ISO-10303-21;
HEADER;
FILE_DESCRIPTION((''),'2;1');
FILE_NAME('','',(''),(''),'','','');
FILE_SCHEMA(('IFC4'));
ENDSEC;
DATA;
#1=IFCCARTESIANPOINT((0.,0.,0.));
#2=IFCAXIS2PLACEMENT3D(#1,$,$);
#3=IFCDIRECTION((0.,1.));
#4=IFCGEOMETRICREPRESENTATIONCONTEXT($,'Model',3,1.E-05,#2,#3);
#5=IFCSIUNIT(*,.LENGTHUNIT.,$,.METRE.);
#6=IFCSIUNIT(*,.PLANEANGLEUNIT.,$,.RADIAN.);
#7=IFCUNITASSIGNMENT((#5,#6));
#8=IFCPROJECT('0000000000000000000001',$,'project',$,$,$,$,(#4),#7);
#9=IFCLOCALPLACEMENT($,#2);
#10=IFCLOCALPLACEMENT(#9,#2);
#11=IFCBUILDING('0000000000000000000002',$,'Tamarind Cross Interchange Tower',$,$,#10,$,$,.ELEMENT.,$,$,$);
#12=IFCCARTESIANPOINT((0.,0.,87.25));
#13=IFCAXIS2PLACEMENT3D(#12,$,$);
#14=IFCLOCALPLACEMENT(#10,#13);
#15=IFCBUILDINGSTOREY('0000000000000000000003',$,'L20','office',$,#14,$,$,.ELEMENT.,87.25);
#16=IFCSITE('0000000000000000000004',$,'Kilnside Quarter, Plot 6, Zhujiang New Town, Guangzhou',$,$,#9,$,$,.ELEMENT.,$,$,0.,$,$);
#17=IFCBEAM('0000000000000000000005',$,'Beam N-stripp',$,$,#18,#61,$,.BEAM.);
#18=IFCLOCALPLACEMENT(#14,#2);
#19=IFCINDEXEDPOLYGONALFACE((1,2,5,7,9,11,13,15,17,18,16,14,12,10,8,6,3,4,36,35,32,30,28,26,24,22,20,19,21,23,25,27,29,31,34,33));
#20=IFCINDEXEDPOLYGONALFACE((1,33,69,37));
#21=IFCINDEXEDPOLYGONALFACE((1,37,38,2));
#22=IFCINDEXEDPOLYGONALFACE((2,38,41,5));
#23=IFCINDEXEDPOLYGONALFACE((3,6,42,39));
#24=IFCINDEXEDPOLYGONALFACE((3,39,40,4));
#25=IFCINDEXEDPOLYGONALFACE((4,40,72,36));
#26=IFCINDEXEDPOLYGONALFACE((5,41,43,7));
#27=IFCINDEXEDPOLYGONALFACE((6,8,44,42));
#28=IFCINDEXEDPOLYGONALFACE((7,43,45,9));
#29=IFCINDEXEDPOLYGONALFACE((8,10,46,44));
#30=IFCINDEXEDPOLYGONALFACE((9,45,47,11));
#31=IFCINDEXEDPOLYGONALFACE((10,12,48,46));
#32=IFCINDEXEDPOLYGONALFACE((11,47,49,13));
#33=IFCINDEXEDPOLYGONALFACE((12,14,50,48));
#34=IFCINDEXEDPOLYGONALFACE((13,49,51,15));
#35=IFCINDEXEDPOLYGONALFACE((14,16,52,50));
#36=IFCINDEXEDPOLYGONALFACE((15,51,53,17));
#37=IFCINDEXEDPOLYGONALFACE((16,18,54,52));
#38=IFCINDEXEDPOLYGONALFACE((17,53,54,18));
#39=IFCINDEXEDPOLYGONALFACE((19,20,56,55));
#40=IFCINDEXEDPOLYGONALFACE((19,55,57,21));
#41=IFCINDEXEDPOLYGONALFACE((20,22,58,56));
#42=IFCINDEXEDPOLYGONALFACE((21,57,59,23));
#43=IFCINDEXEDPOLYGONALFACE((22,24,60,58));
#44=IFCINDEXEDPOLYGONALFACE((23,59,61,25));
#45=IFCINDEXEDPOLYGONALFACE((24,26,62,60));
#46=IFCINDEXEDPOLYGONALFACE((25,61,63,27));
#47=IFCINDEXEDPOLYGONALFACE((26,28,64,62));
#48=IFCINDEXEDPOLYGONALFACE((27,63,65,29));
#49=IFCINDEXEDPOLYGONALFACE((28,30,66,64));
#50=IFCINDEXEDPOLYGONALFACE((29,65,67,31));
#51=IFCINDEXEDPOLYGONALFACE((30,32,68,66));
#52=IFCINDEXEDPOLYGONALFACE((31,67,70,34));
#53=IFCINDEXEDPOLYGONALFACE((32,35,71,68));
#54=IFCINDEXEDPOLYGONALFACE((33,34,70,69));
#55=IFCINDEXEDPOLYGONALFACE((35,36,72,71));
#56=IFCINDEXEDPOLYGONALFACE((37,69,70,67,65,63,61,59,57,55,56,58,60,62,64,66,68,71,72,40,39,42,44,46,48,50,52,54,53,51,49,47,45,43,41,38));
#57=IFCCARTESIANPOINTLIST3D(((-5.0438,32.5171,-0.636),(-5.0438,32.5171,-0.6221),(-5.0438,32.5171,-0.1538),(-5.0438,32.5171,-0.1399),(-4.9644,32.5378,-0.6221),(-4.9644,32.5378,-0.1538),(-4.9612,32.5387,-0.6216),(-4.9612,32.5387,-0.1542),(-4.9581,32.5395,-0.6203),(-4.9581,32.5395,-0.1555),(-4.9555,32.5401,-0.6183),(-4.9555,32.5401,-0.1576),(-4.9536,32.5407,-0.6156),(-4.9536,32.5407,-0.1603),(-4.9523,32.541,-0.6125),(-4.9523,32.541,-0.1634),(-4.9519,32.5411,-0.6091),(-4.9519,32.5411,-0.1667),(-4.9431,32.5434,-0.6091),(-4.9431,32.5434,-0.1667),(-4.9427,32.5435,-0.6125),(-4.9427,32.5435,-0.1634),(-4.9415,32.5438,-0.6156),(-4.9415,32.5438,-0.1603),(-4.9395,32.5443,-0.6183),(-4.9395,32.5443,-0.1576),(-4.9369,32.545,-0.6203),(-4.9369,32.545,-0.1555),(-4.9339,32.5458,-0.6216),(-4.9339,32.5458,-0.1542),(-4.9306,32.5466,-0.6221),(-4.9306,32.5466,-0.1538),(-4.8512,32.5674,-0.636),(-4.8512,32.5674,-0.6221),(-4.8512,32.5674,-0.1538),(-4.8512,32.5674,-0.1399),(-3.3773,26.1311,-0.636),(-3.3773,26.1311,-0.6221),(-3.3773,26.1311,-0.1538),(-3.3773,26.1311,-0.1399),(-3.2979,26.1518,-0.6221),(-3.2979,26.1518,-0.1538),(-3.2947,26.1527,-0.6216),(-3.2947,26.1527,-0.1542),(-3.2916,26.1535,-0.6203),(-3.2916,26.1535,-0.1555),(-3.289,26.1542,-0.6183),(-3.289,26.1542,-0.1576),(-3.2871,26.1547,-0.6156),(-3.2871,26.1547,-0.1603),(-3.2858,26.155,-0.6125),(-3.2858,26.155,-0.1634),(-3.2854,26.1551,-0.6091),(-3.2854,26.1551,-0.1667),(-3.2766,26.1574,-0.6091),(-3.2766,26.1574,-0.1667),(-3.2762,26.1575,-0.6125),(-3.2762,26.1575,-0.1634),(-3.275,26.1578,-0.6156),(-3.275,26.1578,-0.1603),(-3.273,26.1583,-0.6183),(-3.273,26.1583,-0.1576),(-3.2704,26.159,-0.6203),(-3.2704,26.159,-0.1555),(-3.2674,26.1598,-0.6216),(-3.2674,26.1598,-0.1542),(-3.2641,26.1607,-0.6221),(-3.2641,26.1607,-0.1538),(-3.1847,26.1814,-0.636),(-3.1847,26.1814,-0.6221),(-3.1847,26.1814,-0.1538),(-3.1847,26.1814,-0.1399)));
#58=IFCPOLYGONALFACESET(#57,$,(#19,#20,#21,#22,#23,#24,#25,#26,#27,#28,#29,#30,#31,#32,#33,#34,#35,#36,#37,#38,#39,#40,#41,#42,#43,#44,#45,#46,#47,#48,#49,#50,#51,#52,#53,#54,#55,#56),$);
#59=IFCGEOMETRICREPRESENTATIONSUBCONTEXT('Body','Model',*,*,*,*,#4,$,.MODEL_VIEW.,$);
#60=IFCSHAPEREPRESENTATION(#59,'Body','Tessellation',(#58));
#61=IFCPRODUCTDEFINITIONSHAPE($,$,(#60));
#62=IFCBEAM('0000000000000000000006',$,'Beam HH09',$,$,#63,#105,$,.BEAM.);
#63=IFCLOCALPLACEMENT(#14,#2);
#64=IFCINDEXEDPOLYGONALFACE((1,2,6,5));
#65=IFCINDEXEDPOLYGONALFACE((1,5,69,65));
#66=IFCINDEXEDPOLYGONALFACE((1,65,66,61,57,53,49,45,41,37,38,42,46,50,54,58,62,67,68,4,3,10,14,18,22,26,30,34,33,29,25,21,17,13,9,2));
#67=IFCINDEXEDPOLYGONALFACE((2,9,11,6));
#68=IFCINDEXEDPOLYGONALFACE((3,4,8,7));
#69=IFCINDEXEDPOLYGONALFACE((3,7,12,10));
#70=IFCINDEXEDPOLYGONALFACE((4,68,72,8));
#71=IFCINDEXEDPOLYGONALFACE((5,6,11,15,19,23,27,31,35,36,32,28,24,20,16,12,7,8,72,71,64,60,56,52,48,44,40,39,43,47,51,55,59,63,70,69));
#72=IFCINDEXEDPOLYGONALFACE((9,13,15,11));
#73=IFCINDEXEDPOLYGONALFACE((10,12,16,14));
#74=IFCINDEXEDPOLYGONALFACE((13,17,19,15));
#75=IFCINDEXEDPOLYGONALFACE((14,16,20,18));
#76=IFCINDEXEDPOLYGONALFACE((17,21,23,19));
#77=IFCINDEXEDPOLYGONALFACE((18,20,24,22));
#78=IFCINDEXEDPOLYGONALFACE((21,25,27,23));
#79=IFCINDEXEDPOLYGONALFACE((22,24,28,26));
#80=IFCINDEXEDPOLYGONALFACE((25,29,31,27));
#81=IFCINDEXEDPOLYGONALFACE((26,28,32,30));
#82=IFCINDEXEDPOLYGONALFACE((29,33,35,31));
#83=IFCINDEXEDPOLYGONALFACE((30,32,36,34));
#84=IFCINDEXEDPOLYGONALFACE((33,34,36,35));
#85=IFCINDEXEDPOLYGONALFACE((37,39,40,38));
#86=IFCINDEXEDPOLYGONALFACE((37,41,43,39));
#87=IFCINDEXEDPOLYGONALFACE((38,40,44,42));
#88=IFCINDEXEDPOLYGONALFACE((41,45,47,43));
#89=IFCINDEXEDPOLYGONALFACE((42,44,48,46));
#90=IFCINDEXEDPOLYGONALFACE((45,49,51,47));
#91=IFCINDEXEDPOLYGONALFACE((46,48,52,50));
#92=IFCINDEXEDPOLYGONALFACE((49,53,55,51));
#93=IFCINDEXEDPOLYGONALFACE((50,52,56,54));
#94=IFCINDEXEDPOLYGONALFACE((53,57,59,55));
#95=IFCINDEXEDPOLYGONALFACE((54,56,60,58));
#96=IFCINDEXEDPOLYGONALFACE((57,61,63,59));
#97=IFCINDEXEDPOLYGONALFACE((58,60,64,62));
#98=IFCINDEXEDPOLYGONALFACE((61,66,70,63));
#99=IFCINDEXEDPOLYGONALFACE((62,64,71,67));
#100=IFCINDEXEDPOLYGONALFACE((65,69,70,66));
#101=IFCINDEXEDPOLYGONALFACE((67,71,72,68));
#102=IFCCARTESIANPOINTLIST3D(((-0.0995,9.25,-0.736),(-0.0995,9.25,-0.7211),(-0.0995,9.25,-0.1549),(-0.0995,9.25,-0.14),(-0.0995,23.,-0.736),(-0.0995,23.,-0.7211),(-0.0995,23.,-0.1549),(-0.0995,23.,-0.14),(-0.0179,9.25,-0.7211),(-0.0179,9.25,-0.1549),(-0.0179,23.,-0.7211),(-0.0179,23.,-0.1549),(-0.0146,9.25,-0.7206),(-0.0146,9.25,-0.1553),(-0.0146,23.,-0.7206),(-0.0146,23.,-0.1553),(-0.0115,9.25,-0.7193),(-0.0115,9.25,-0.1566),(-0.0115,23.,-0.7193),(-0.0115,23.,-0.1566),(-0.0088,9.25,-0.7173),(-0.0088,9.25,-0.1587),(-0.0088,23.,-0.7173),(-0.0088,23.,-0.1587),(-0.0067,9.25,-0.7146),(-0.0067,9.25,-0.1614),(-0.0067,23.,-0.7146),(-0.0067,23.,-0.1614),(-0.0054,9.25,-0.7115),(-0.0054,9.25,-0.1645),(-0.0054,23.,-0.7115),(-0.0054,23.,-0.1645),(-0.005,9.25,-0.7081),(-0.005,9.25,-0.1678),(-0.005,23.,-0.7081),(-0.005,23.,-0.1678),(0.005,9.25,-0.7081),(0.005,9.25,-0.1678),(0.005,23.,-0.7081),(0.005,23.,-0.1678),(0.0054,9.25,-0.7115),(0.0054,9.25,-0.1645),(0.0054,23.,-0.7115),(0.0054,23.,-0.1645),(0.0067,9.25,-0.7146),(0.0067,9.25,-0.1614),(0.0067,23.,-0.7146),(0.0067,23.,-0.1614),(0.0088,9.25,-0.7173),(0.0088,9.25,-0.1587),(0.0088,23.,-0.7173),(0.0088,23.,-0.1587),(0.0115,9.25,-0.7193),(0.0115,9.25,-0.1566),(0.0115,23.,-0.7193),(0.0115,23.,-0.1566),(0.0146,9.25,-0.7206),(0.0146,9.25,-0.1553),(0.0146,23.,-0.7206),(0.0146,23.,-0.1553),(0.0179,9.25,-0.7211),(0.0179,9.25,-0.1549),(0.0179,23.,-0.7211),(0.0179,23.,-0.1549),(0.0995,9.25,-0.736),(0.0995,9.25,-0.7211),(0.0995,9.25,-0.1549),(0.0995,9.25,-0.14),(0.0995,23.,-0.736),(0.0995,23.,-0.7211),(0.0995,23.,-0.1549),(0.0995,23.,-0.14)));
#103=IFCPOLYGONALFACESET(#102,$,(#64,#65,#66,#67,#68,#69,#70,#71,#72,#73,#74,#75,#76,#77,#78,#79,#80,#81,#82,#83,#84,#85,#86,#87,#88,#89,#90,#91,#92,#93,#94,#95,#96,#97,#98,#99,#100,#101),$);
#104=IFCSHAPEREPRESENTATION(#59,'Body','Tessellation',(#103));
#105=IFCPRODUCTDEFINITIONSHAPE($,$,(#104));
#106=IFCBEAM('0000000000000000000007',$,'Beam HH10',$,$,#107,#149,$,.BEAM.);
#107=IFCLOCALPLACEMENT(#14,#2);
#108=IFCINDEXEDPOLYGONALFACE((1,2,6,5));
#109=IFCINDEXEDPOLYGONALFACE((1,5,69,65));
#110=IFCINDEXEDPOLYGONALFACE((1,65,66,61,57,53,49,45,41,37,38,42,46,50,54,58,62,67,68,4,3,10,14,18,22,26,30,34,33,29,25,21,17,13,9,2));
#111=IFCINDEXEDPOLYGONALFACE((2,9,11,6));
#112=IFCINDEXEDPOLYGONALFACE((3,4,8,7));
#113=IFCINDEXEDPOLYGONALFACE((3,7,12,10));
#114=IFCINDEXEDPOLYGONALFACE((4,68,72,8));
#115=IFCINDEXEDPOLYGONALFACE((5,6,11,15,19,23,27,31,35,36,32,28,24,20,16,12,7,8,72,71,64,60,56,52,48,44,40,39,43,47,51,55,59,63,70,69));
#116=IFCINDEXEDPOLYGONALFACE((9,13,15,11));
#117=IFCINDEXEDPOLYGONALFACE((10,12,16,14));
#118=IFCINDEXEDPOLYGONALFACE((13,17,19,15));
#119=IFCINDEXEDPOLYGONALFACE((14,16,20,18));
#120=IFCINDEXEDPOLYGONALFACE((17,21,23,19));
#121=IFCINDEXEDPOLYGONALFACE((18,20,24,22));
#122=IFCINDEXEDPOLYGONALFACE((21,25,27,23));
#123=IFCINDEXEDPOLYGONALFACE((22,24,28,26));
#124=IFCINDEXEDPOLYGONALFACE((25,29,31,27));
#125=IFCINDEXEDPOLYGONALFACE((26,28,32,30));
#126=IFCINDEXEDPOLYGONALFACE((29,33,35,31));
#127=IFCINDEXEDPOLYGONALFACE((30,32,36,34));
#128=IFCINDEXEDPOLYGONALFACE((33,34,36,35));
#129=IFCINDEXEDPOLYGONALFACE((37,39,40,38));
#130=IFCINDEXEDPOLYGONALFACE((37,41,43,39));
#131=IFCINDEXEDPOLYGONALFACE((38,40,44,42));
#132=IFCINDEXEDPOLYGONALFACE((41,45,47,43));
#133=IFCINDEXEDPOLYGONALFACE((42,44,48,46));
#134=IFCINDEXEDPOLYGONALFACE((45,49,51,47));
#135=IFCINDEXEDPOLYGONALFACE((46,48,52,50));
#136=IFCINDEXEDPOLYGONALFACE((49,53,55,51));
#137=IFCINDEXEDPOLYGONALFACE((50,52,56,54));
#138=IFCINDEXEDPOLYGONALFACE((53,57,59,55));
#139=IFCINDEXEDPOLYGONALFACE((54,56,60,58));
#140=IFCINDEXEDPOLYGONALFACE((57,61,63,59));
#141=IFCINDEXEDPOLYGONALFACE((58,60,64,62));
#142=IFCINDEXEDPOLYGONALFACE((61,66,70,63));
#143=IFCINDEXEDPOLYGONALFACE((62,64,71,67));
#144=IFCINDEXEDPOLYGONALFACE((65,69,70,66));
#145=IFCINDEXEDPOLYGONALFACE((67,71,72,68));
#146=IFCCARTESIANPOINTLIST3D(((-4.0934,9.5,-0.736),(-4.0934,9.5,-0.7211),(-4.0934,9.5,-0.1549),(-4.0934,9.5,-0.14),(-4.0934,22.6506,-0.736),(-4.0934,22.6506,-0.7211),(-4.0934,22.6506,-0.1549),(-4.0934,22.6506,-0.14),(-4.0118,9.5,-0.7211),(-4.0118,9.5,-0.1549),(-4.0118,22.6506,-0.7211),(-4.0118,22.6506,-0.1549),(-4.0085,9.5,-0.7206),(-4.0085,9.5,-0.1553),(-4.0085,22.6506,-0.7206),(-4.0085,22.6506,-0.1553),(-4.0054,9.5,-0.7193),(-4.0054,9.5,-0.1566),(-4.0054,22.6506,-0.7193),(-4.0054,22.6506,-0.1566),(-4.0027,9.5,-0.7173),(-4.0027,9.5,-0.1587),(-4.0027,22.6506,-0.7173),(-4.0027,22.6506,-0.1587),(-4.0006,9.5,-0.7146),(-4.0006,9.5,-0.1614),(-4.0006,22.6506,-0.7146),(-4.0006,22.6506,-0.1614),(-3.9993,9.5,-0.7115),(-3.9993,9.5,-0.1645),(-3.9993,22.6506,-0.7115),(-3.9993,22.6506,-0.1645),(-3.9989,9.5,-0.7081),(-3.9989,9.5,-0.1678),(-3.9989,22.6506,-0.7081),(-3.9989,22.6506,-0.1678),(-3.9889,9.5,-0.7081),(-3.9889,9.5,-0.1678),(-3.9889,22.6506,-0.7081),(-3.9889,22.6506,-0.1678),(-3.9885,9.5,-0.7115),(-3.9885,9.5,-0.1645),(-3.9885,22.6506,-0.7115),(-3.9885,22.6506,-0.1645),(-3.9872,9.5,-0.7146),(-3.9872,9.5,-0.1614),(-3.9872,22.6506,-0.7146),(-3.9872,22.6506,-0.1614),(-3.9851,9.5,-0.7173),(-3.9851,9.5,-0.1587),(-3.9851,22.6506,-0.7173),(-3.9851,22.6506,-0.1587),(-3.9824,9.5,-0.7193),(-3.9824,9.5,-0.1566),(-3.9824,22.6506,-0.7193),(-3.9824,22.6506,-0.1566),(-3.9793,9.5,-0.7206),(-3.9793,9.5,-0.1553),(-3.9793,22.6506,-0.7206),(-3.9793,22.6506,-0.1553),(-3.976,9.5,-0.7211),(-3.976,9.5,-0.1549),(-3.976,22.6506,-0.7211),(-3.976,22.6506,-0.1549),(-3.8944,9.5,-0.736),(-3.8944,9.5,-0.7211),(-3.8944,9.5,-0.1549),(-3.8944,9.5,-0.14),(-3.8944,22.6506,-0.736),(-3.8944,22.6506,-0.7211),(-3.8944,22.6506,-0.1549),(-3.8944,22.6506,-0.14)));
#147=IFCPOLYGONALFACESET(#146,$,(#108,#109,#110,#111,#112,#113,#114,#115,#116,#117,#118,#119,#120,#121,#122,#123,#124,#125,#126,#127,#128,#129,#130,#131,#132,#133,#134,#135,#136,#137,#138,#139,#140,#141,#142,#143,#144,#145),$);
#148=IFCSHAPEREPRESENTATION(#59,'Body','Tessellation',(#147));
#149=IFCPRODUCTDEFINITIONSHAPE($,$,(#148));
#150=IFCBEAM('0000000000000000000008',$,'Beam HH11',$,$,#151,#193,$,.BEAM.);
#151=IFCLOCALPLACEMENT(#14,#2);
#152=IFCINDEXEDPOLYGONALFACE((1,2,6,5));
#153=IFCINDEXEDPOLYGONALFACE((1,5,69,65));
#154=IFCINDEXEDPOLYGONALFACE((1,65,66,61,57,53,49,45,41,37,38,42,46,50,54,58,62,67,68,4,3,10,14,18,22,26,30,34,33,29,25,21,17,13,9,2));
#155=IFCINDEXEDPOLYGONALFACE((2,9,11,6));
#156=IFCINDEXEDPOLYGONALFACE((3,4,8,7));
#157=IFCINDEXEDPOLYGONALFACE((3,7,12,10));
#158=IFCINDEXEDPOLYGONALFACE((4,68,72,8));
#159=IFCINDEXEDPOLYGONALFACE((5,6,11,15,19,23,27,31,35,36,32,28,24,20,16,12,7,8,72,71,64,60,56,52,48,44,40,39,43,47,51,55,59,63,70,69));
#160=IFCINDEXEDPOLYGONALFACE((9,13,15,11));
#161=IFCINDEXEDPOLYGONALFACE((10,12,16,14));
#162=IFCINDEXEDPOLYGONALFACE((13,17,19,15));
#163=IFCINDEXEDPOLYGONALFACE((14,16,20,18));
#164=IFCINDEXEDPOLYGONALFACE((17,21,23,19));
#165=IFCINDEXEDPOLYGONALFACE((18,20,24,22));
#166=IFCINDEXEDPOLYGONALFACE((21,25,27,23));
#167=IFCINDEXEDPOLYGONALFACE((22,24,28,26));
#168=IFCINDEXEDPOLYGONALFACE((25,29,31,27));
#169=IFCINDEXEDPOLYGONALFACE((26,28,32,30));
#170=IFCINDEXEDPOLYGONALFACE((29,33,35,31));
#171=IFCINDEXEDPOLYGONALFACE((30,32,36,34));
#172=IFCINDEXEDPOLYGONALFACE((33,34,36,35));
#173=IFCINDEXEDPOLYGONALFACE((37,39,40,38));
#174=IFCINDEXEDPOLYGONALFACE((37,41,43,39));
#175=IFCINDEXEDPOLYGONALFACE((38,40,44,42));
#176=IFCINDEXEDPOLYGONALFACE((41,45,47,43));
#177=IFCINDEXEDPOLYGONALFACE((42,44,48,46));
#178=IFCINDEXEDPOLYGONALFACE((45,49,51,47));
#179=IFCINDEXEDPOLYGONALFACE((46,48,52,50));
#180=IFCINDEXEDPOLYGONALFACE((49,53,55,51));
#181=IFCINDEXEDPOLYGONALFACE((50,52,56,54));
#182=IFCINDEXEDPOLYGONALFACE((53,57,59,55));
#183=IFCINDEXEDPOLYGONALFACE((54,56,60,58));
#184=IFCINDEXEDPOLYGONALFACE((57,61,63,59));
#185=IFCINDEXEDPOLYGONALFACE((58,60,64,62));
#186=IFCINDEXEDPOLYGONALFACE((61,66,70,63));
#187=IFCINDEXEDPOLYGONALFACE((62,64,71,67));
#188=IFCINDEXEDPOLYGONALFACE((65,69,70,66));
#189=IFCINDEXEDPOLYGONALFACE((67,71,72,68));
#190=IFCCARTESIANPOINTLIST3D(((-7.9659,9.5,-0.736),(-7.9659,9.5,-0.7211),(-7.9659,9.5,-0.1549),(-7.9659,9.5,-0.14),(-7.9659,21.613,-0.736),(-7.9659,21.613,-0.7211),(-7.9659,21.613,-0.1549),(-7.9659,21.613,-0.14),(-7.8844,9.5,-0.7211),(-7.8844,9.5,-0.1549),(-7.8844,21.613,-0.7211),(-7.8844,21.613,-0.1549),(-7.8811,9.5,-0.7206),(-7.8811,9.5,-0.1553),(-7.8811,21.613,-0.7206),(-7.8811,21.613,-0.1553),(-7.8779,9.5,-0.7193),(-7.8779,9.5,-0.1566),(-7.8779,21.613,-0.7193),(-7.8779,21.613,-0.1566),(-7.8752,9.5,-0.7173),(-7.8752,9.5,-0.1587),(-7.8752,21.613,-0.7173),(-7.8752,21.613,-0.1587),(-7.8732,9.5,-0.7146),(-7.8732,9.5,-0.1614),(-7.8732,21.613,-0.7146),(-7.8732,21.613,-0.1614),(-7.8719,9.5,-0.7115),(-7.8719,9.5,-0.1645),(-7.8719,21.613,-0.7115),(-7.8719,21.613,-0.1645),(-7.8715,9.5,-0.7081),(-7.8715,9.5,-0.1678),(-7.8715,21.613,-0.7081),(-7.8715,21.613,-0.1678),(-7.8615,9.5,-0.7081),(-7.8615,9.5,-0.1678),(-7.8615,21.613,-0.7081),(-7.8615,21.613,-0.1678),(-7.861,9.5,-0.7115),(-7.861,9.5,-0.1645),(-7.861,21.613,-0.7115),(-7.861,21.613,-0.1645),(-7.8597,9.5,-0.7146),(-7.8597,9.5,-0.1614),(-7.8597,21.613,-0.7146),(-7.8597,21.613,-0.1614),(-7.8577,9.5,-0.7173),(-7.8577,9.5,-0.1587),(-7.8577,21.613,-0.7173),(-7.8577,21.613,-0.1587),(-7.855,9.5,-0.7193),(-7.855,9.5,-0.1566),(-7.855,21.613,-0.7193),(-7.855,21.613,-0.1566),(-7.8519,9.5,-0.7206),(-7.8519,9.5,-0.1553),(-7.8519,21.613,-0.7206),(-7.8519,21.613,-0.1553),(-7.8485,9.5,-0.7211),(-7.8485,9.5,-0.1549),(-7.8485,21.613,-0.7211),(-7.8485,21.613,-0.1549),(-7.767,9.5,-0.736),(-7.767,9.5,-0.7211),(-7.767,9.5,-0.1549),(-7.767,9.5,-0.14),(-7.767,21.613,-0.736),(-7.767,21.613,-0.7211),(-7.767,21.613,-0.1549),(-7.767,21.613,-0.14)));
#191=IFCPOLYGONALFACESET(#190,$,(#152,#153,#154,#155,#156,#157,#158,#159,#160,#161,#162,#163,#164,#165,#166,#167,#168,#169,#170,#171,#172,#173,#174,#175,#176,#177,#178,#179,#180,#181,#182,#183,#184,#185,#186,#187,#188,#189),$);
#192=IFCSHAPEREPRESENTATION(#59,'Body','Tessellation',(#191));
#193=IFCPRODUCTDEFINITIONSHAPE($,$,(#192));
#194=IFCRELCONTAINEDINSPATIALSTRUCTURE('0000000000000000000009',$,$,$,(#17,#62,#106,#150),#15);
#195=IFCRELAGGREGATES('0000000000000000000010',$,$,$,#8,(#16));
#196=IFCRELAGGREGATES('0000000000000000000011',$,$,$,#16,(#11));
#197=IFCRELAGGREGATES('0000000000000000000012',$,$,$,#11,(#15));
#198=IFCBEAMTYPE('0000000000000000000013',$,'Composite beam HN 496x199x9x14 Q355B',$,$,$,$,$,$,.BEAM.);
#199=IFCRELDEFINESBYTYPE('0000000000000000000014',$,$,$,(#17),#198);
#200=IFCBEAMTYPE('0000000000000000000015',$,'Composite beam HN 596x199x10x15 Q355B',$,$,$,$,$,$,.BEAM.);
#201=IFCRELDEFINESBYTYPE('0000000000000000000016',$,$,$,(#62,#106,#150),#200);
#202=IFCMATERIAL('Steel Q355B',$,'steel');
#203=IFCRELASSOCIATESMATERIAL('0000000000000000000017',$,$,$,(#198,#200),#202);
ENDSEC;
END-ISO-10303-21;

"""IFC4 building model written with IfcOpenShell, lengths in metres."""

from ifc_helpers import new_model, si_unit, direction, frame, origin, origin_2d, place, context, subcontext, project, spatial, i_section, extrude, material, material_profile, profile_set, type_object, element, save


model = new_model("IFC4")

# Units and contexts
model_context = context("Model", 3, precision=1e-05, world=origin(), true_north=direction((0.0, 1.0)))
body_context = subcontext(model_context, "Body", "Model", "MODEL_VIEW")
ifc_project = project(units=[si_unit("LENGTHUNIT", "METRE"), si_unit("PLANEANGLEUNIT", "RADIAN")], contexts=[model_context])

# Site, building, storey
site_placement = place(None, origin())
site = spatial("IfcSite", under=ifc_project, at=site_placement, Name="Kilnside Quarter, Plot 6, Zhujiang New Town, Guangzhou", CompositionType="ELEMENT", RefElevation=0.0)
building_placement = place(site_placement, origin())
building = spatial("IfcBuilding", under=site, at=building_placement, Name="Tamarind Cross Interchange Tower", CompositionType="ELEMENT")
storey_placement = place(building_placement, frame((0.0, 0.0, 87.25)))
storey = spatial("IfcBuildingStorey", under=building, at=storey_placement, Name="L20", Description="office", CompositionType="ELEMENT", Elevation=87.25)

# Beams
ifc_material_1 = material(Name="Steel Q355B", Category="steel")
ifc_material_profile_1 = material_profile(ifc_material_1, i_section(OverallWidth=0.199, OverallDepth=0.4961, WebThickness=0.009, FlangeThickness=0.0139, FilletRadius=0.0129, at=origin_2d()), Name="HN 496x199x9x14")
ifc_profile_set_1 = profile_set([ifc_material_profile_1], Name="Steel Q355B")
beam_type_1 = type_object("IfcBeamType", Name="Composite beam HN 496x199x9x14 Q355B", PredefinedType="BEAM", material=ifc_profile_set_1)
beam_1_placement = place(storey_placement, frame((-3.281, 26.1562, -0.3879), z_axis=(-0.252506, 0.967595, 0.0), x_axis=(-0.967595, -0.252506, 0.0)))
element("IfcBeam", 1, at=beam_1_placement, inside=storey, type_object=beam_type_1, Name="Beam N-stripp", PredefinedType="BEAM", context=body_context, shape_type="SweptSolid", body=[
    extrude(i_section(OverallWidth=0.199, OverallDepth=0.4961, WebThickness=0.009, FlangeThickness=0.0139, FilletRadius=0.0129, at=origin_2d()), origin(), (0.0, 0.0, 1.0), 6.5999),
])
ifc_material_profile_2 = material_profile(ifc_material_1, i_section(OverallWidth=0.199, OverallDepth=0.5959, WebThickness=0.01, FlangeThickness=0.0149, FilletRadius=0.0129, at=origin_2d()), Name="HN 596x199x10x15")
ifc_profile_set_2 = profile_set([ifc_material_profile_2], Name="Steel Q355B")
beam_type_2 = type_object("IfcBeamType", Name="Composite beam HN 596x199x10x15 Q355B", PredefinedType="BEAM", material=ifc_profile_set_2)
beam_2_placement = place(storey_placement, frame((0.0, 23.0, -0.438), z_axis=(0.0, -1.0, 0.0), x_axis=(1.0, 0.0, 0.0)))
element("IfcBeam", 2, at=beam_2_placement, inside=storey, type_object=beam_type_2, Name="Beam HH09", PredefinedType="BEAM", context=body_context, shape_type="SweptSolid", body=[
    extrude(i_section(OverallWidth=0.199, OverallDepth=0.5959, WebThickness=0.01, FlangeThickness=0.0149, FilletRadius=0.0129, at=origin_2d()), origin(), (0.0, 0.0, 1.0), 13.75),
])
beam_3_placement = place(storey_placement, frame((-3.9939, 22.6506, -0.438), z_axis=(0.0, -1.0, 0.0), x_axis=(1.0, 0.0, 0.0)))
element("IfcBeam", 3, at=beam_3_placement, inside=storey, type_object=beam_type_2, Name="Beam HH10", PredefinedType="BEAM", context=body_context, shape_type="SweptSolid", body=[
    extrude(i_section(OverallWidth=0.199, OverallDepth=0.5959, WebThickness=0.01, FlangeThickness=0.0149, FilletRadius=0.0129, at=origin_2d()), origin(), (0.0, 0.0, 1.0), 13.1506),
])
beam_4_placement = place(storey_placement, frame((-7.8665, 21.613, -0.438), z_axis=(0.0, -1.0, 0.0), x_axis=(1.0, 0.0, 0.0)))
element("IfcBeam", 4, at=beam_4_placement, inside=storey, type_object=beam_type_2, Name="Beam HH11", PredefinedType="BEAM", context=body_context, shape_type="SweptSolid", body=[
    extrude(i_section(OverallWidth=0.199, OverallDepth=0.5959, WebThickness=0.01, FlangeThickness=0.0149, FilletRadius=0.0129, at=origin_2d()), origin(), (0.0, 0.0, 1.0), 12.113),
])

save(model, "model.ifc")
